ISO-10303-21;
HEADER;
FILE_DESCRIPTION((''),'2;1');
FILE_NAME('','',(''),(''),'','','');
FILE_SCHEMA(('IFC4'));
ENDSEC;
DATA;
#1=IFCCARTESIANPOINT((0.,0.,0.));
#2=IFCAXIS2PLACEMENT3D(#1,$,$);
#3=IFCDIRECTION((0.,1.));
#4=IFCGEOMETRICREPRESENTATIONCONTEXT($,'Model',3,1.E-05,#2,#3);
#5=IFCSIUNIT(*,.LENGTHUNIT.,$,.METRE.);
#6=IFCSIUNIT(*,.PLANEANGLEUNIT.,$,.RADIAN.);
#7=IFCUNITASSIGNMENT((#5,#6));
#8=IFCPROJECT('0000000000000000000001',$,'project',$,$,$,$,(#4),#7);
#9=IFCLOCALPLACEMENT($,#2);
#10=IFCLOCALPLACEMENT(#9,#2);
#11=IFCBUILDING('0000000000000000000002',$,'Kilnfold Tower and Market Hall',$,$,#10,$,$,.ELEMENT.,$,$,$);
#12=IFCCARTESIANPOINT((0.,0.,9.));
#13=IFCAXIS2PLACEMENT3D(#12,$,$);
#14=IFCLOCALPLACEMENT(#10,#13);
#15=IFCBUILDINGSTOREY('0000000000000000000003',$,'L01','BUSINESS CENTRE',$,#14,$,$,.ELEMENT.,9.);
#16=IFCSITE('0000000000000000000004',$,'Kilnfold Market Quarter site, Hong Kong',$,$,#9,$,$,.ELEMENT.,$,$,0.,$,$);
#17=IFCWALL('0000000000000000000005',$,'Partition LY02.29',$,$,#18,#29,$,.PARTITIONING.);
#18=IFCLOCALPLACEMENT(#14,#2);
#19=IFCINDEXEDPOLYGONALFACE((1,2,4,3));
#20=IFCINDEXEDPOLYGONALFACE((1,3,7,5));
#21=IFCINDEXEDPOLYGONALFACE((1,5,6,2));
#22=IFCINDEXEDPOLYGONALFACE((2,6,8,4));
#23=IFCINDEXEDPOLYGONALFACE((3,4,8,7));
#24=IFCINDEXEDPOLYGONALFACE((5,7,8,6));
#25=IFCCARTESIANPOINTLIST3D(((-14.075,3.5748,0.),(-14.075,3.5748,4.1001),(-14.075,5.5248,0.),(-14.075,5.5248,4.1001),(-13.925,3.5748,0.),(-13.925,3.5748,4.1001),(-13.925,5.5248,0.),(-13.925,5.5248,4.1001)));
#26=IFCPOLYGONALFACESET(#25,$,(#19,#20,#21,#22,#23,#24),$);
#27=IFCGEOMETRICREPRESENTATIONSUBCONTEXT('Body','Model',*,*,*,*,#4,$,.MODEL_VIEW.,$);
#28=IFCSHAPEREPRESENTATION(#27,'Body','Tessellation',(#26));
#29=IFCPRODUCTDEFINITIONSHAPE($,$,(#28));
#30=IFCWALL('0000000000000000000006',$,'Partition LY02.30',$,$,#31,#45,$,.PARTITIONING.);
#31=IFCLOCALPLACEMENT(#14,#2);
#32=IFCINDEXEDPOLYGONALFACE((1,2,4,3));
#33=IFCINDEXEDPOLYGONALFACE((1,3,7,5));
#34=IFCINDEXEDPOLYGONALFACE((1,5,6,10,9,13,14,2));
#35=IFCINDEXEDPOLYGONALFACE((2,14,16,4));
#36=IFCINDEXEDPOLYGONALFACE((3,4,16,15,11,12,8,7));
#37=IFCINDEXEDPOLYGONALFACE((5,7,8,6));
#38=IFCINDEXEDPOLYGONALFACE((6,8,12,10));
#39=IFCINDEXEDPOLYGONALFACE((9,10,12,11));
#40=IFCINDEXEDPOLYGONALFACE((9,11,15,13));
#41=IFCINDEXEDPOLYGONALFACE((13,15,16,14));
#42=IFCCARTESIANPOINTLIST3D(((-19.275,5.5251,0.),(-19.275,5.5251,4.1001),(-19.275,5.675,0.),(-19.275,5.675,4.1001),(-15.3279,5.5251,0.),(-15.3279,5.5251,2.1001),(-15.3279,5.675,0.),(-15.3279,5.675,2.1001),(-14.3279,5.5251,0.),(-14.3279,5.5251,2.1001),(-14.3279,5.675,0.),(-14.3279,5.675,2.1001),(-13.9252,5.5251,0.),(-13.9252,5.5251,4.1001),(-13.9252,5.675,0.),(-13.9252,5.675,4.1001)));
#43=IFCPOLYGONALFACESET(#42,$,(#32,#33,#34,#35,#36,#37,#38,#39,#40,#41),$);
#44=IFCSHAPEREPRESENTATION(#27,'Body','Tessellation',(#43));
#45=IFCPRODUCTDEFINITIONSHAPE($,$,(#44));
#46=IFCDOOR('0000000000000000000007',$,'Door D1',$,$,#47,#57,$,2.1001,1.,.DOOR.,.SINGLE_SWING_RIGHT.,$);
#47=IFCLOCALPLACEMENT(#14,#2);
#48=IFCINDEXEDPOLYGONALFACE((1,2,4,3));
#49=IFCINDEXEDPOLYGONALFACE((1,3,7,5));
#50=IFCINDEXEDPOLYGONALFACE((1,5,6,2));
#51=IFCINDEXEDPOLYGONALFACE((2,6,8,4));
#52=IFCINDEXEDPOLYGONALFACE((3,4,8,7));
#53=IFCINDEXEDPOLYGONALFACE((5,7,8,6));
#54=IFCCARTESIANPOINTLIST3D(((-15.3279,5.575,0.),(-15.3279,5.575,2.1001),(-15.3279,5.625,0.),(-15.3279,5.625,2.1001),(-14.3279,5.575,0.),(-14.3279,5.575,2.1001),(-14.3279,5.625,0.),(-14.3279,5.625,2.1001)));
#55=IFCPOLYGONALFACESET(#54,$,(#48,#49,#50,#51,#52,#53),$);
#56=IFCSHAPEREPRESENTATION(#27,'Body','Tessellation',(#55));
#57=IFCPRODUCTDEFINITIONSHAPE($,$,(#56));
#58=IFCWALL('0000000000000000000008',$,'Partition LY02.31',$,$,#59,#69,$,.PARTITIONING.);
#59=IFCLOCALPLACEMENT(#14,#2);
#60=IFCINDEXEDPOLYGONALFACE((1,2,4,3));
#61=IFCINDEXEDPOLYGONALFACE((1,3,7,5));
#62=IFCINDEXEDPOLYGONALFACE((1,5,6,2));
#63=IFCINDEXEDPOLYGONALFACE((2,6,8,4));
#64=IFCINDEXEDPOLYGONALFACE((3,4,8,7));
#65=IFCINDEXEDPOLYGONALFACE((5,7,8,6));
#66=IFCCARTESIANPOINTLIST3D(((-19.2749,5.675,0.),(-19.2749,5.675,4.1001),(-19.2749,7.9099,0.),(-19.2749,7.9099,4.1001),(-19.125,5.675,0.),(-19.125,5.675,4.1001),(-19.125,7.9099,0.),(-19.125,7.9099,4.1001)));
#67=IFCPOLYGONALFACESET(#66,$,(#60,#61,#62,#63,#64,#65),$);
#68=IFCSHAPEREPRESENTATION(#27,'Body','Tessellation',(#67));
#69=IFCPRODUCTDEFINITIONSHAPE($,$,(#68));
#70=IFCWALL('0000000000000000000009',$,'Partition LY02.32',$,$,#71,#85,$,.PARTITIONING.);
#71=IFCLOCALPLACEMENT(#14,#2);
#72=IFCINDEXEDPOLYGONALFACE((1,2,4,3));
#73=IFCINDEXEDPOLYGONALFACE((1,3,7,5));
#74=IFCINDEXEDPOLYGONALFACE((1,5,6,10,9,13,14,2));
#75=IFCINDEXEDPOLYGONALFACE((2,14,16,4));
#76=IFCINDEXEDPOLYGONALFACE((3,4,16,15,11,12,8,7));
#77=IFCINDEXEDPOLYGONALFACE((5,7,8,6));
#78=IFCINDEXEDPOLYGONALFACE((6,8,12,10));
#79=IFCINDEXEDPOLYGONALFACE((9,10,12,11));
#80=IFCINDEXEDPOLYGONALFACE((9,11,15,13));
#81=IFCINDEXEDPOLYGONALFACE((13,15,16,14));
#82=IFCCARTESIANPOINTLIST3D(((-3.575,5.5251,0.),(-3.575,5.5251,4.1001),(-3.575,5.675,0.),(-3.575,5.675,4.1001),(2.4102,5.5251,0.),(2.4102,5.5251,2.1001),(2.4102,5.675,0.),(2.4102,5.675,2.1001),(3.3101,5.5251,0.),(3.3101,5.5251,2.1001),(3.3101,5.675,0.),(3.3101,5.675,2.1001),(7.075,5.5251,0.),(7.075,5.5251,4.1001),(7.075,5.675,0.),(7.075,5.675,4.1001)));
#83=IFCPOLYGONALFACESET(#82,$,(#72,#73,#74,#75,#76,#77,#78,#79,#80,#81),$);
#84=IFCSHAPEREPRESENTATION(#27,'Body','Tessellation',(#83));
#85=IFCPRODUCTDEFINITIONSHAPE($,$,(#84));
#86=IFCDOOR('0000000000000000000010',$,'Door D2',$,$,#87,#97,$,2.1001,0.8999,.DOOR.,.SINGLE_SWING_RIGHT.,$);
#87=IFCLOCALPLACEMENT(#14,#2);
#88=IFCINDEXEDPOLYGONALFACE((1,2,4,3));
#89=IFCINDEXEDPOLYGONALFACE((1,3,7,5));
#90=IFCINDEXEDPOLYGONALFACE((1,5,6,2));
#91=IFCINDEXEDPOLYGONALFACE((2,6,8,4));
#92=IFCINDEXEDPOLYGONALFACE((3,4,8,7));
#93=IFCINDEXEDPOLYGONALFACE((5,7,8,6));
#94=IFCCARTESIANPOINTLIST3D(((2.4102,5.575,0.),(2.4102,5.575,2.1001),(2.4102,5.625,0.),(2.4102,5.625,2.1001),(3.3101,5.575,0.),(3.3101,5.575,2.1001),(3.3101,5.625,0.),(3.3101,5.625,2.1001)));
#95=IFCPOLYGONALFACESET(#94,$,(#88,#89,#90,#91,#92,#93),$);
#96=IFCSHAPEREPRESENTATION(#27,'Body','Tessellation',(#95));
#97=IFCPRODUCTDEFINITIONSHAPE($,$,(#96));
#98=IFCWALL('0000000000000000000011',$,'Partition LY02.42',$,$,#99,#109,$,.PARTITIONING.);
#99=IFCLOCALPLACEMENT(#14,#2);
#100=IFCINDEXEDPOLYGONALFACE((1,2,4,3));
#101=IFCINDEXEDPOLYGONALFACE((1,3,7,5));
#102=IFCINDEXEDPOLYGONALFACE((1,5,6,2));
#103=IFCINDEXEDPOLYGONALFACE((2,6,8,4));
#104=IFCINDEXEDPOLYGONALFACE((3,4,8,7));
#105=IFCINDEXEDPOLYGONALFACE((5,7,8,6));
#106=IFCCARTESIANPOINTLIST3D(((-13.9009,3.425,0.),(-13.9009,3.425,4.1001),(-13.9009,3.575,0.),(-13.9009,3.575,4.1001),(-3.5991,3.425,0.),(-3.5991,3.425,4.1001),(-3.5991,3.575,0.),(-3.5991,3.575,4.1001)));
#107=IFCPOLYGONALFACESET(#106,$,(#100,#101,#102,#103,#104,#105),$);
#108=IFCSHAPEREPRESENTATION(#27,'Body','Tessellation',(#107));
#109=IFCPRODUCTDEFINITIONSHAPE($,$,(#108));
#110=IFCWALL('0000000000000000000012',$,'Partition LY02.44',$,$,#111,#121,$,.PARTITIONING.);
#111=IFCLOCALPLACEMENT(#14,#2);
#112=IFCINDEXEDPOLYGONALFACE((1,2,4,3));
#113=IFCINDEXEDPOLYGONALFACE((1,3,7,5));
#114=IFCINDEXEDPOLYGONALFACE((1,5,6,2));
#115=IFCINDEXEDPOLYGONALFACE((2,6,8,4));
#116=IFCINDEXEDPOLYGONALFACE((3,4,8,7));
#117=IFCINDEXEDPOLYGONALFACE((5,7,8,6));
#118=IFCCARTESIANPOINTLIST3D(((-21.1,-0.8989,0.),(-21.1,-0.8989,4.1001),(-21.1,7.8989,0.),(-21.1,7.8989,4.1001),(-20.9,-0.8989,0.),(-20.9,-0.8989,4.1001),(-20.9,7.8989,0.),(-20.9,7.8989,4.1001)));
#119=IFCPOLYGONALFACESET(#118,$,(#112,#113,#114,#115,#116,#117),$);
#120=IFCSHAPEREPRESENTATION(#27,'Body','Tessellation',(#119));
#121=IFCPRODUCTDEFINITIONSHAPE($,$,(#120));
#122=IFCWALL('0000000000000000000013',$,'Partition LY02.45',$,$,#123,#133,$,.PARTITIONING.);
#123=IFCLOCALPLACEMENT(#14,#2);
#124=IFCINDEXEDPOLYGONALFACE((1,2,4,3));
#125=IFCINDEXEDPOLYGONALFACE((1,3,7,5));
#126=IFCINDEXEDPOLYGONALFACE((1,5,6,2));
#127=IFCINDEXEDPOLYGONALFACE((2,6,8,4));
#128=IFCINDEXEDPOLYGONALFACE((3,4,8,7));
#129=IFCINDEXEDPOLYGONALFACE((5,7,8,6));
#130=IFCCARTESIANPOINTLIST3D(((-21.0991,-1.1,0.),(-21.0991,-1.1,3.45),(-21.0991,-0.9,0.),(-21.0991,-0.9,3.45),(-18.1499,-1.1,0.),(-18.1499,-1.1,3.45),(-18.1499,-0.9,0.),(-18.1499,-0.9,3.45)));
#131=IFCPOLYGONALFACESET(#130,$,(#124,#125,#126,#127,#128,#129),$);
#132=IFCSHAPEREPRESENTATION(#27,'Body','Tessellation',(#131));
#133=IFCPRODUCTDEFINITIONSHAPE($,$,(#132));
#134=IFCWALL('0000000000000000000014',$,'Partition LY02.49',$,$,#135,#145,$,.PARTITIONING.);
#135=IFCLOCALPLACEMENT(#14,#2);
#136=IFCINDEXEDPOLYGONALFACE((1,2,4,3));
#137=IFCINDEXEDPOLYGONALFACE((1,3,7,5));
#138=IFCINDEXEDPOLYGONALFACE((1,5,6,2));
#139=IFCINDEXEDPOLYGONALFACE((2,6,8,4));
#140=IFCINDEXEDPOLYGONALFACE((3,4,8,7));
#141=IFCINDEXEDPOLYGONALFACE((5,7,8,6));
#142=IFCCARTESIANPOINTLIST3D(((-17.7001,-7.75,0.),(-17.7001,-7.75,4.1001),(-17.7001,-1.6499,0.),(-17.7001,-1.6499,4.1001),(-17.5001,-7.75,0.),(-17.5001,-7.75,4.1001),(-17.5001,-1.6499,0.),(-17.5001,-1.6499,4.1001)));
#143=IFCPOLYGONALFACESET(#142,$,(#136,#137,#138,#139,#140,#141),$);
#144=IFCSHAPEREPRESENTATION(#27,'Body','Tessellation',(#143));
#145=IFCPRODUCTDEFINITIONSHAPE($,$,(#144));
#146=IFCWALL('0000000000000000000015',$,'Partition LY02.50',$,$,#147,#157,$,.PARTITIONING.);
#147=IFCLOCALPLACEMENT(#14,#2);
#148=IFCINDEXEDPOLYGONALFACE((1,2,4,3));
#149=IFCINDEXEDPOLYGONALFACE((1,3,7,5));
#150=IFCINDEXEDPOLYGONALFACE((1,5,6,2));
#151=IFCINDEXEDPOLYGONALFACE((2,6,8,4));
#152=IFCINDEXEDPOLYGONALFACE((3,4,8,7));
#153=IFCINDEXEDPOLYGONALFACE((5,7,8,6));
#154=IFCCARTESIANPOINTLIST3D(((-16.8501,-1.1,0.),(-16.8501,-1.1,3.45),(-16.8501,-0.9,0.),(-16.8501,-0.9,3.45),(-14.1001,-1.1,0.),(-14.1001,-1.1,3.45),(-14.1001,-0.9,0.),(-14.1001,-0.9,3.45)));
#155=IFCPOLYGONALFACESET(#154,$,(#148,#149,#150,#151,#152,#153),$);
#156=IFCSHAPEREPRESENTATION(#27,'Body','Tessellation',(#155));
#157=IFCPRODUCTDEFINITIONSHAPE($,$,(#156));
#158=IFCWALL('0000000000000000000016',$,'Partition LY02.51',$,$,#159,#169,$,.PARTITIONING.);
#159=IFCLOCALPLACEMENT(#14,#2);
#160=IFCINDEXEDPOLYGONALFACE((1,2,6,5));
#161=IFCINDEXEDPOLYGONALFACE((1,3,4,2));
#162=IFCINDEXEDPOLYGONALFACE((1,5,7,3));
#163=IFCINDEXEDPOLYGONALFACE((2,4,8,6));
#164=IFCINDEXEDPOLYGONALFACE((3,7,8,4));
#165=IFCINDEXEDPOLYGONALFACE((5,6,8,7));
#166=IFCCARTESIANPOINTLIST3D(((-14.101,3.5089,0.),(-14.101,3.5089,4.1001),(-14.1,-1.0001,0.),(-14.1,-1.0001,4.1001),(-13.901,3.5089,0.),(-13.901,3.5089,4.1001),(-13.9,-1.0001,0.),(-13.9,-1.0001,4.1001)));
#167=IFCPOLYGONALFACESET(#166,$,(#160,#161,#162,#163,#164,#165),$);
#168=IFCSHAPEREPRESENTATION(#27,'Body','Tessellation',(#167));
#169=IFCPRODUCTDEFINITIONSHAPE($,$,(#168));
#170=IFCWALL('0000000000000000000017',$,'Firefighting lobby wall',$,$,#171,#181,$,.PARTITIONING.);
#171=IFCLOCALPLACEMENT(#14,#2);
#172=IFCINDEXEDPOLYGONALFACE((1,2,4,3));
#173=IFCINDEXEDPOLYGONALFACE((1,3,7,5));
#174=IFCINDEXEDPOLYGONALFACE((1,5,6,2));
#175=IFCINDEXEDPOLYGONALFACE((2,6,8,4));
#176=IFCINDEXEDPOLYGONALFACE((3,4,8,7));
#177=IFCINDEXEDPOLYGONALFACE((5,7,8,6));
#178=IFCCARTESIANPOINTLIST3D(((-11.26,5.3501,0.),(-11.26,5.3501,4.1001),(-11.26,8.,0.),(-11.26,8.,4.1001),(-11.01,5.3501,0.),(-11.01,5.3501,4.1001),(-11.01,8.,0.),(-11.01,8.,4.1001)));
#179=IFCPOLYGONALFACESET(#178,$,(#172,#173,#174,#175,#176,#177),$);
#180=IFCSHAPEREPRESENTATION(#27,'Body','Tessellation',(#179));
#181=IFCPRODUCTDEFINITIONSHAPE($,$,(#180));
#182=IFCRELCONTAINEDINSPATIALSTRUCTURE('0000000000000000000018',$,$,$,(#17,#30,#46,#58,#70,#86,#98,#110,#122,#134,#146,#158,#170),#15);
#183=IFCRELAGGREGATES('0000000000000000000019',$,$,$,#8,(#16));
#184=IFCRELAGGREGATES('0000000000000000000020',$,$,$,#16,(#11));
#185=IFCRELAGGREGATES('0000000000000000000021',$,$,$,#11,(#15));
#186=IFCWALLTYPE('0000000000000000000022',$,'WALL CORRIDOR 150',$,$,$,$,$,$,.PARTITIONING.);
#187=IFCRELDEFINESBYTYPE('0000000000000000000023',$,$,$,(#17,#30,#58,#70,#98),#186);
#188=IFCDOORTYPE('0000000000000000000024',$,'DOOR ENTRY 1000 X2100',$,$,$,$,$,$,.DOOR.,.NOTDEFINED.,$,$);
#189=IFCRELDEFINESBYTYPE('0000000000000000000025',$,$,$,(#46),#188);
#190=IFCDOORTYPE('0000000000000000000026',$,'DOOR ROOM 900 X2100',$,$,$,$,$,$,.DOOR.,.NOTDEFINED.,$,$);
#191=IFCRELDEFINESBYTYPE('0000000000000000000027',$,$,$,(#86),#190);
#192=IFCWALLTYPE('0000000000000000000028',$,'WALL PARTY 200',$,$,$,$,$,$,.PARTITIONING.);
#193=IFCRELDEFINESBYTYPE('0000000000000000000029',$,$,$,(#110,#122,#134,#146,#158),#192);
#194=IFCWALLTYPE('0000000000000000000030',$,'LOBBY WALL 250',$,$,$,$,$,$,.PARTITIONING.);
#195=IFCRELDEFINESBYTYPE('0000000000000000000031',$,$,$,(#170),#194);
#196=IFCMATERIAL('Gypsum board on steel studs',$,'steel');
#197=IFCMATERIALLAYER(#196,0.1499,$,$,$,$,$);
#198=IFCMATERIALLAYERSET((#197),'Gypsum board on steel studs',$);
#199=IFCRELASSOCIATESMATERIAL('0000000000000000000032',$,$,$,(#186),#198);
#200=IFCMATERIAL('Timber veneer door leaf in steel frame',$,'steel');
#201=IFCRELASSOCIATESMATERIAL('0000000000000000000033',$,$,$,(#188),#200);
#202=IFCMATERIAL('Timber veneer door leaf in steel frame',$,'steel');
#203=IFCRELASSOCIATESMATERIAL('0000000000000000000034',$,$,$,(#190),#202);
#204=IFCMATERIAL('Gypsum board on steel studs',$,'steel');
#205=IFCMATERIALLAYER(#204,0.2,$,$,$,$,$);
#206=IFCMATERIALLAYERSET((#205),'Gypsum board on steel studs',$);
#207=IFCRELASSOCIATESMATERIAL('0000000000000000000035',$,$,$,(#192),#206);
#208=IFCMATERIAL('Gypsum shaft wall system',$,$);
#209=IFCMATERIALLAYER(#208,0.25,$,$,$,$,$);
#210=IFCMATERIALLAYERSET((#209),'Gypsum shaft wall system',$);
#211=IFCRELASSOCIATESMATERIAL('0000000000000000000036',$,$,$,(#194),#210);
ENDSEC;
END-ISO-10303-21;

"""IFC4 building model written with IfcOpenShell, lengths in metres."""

from ifc_helpers import new_model, si_unit, direction, frame, frame_2d, origin, place, context, subcontext, project, spatial, rectangle, extrude, source, transform, mapped, material, layer, layer_set, type_object, element, fill, save


model = new_model("IFC4")

# Units and contexts
model_context = context("Model", 3, precision=1e-05, world=origin(), true_north=direction((0.0, 1.0)))
body_context = subcontext(model_context, "Body", "Model", "MODEL_VIEW")
ifc_project = project(units=[si_unit("LENGTHUNIT", "METRE"), si_unit("PLANEANGLEUNIT", "RADIAN")], contexts=[model_context])

# Site, building, storey
site_placement = place(None, origin())
site = spatial("IfcSite", under=ifc_project, at=site_placement, Name="Kilnfold Market Quarter site, Hong Kong", CompositionType="ELEMENT", RefElevation=0.0)
building_placement = place(site_placement, origin())
building = spatial("IfcBuilding", under=site, at=building_placement, Name="Kilnfold Tower and Market Hall", CompositionType="ELEMENT")
storey_placement = place(building_placement, frame((0.0, 0.0, 9.0)))
storey = spatial("IfcBuildingStorey", under=building, at=storey_placement, Name="L01", Description="BUSINESS CENTRE", CompositionType="ELEMENT", Elevation=9.0)

# Shared definitions
ifc_material_1 = material(Name="Gypsum board on steel studs", Category="steel")
ifc_layer_1 = layer(ifc_material_1, 0.1499)
ifc_layer_set_1 = layer_set([ifc_layer_1], Name="Gypsum board on steel studs")
wall_type_1 = type_object("IfcWallType", Name="WALL CORRIDOR 150", PredefinedType="PARTITIONING", material=ifc_layer_set_1)

# Shared definitions
ifc_material_2 = material(Name="Timber veneer door leaf in steel frame", Category="steel")
door_type_1 = type_object("IfcDoorType", Name="DOOR ENTRY 1000 X2100", OperationType="NOTDEFINED", PredefinedType="DOOR", material=ifc_material_2)
ifc_material_3 = material(Name="Timber veneer door leaf in steel frame", Category="steel")
door_type_2 = type_object("IfcDoorType", Name="DOOR ROOM 900 X2100", OperationType="NOTDEFINED", PredefinedType="DOOR", material=ifc_material_3)

# Wall
wall_1_placement = place(storey_placement, frame((-14.0, 5.5249, 0.0), z_axis=(0.0, 0.0, 1.0), x_axis=(0.0, -1.0, 0.0)))
element("IfcWall", 1, at=wall_1_placement, inside=storey, type_object=wall_type_1, Name="Partition LY02.29", PredefinedType="PARTITIONING", context=body_context, shape_type="SweptSolid", body=[
    extrude(rectangle(XDim=1.95, YDim=0.1499, at=frame_2d((0.9751, 0.0))), origin(), (0.0, 0.0, 1.0), 4.1001),
])

# Wall, opening, door
wall_2_placement = place(storey_placement, frame((-19.2749, 5.6001, 0.0), z_axis=(0.0, 0.0, 1.0), x_axis=(1.0, 0.0, 0.0)))
wall_2 = element("IfcWall", 2, at=wall_2_placement, inside=storey, type_object=wall_type_1, Name="Partition LY02.30", PredefinedType="PARTITIONING", context=body_context, shape_type="SweptSolid", body=[
    extrude(rectangle(XDim=5.3499, YDim=0.1499, at=frame_2d((2.6748, 0.0))), origin(), (0.0, 0.0, 1.0), 4.1001),
])
opening_1_placement = place(wall_2_placement, frame((3.947, 0.0, 0.0)))
opening_1 = element("IfcOpeningElement", 3, at=opening_1_placement, cuts=wall_2, PredefinedType="OPENING", context=body_context, shape_type="SweptSolid", body=[
    extrude(rectangle(XDim=1.0, YDim=2.1001, at=frame_2d((0.5, 1.05))), frame((0.0, 0.085, 0.0), z_axis=(0.0, -1.0, 0.0), x_axis=(1.0, 0.0, 0.0)), (0.0, 0.0, 1.0), 0.1699),
])
door_1_placement = place(opening_1_placement, origin())
door_1 = element("IfcDoor", 4, at=door_1_placement, inside=storey, type_object=door_type_1, Name="Door D1", OperationType="SINGLE_SWING_RIGHT", OverallHeight=2.1001, OverallWidth=1.0, PredefinedType="DOOR", context=body_context, shape_type="SweptSolid", body=[
    extrude(rectangle(XDim=1.0, YDim=2.1001, at=frame_2d((0.5, 1.05))), frame((0.0, 0.0249, 0.0), z_axis=(0.0, -1.0, 0.0), x_axis=(1.0, 0.0, 0.0)), (0.0, 0.0, 1.0), 0.05),
])
fill(opening_1, door_1)

# Wall
wall_3_placement = place(storey_placement, frame((-19.2, 5.675, 0.0), z_axis=(0.0, 0.0, 1.0), x_axis=(0.0, 1.0, 0.0)))
element("IfcWall", 5, at=wall_3_placement, inside=storey, type_object=wall_type_1, Name="Partition LY02.31", PredefinedType="PARTITIONING", context=body_context, shape_type="SweptSolid", body=[
    extrude(rectangle(XDim=2.2349, YDim=0.1499, at=frame_2d((1.1174, 0.0))), origin(), (0.0, 0.0, 1.0), 4.1001),
])

# Wall, opening, door
wall_4_placement = place(storey_placement, frame((-3.575, 5.6001, 0.0), z_axis=(0.0, 0.0, 1.0), x_axis=(1.0, 0.0, 0.0)))
wall_4 = element("IfcWall", 6, at=wall_4_placement, inside=storey, type_object=wall_type_1, Name="Partition LY02.32", PredefinedType="PARTITIONING", context=body_context, shape_type="SweptSolid", body=[
    extrude(rectangle(XDim=10.6499, YDim=0.1499, at=frame_2d((5.325, 0.0))), origin(), (0.0, 0.0, 1.0), 4.1001),
])
opening_2_placement = place(wall_4_placement, frame((5.9851, 0.0, 0.0)))
opening_2 = element("IfcOpeningElement", 7, at=opening_2_placement, cuts=wall_4, PredefinedType="OPENING", context=body_context, shape_type="SweptSolid", body=[
    extrude(rectangle(XDim=0.8999, YDim=2.1001, at=frame_2d((0.45, 1.05))), frame((0.0, 0.085, 0.0), z_axis=(0.0, -1.0, 0.0), x_axis=(1.0, 0.0, 0.0)), (0.0, 0.0, 1.0), 0.1699),
])
door_2_placement = place(opening_2_placement, origin())
door_2 = element("IfcDoor", 8, at=door_2_placement, inside=storey, type_object=door_type_2, Name="Door D2", OperationType="SINGLE_SWING_RIGHT", OverallHeight=2.1001, OverallWidth=0.8999, PredefinedType="DOOR", context=body_context, shape_type="SweptSolid", body=[
    extrude(rectangle(XDim=0.8999, YDim=2.1001, at=frame_2d((0.45, 1.05))), frame((0.0, 0.0249, 0.0), z_axis=(0.0, -1.0, 0.0), x_axis=(1.0, 0.0, 0.0)), (0.0, 0.0, 1.0), 0.05),
])
fill(opening_2, door_2)

# Walls
wall_5_placement = place(storey_placement, frame((-13.9009, 3.5, 0.0), z_axis=(0.0, 0.0, 1.0), x_axis=(1.0, 0.0, 0.0)))
element("IfcWall", 9, at=wall_5_placement, inside=storey, type_object=wall_type_1, Name="Partition LY02.42", PredefinedType="PARTITIONING", context=body_context, shape_type="SweptSolid", body=[
    extrude(rectangle(XDim=10.3018, YDim=0.1499, at=frame_2d((5.1509, 0.0))), origin(), (0.0, 0.0, 1.0), 4.1001),
])
ifc_material_4 = material(Name="Gypsum board on steel studs", Category="steel")
ifc_layer_2 = layer(ifc_material_4, 0.2)
ifc_layer_set_2 = layer_set([ifc_layer_2], Name="Gypsum board on steel studs")
wall_type_2 = type_object("IfcWallType", Name="WALL PARTY 200", PredefinedType="PARTITIONING", material=ifc_layer_set_2)
wall_6_placement = place(storey_placement, frame((-21.0, -0.8989, 0.0), z_axis=(0.0, 0.0, 1.0), x_axis=(0.0, 1.0, 0.0)))
element("IfcWall", 10, at=wall_6_placement, inside=storey, type_object=wall_type_2, Name="Partition LY02.44", PredefinedType="PARTITIONING", context=body_context, shape_type="SweptSolid", body=[
    extrude(rectangle(XDim=8.7979, YDim=0.2, at=frame_2d((4.3989, 0.0))), origin(), (0.0, 0.0, 1.0), 4.1001),
])
wall_7_placement = place(storey_placement, frame((-21.0991, -1.0, 0.0), z_axis=(0.0, 0.0, 1.0), x_axis=(1.0, 0.0, 0.0)))
element("IfcWall", 11, at=wall_7_placement, inside=storey, type_object=wall_type_2, Name="Partition LY02.45", PredefinedType="PARTITIONING", context=body_context, shape_type="SweptSolid", body=[
    extrude(rectangle(XDim=2.9492, YDim=0.2, at=frame_2d((1.4746, 0.0))), origin(), (0.0, 0.0, 1.0), 3.45),
])
wall_8_placement = place(storey_placement, frame((-17.6001, -7.75, 0.0), z_axis=(0.0, 0.0, 1.0), x_axis=(0.0, 1.0, 0.0)))
element("IfcWall", 12, at=wall_8_placement, inside=storey, type_object=wall_type_2, Name="Partition LY02.49", PredefinedType="PARTITIONING", context=body_context, shape_type="SweptSolid", body=[
    extrude(rectangle(XDim=6.1001, YDim=0.2, at=frame_2d((3.05, 0.0))), origin(), (0.0, 0.0, 1.0), 4.1001),
])
wall_9_placement = place(storey_placement, frame((-16.8501, -1.0, 0.0), z_axis=(0.0, 0.0, 1.0), x_axis=(1.0, 0.0, 0.0)))
element("IfcWall", 13, at=wall_9_placement, inside=storey, type_object=wall_type_2, Name="Partition LY02.50", PredefinedType="PARTITIONING", context=body_context, shape_type="SweptSolid", body=[
    extrude(rectangle(XDim=2.75, YDim=0.2, at=frame_2d((1.375, 0.0))), origin(), (0.0, 0.0, 1.0), 3.45),
])
wall_10_placement = place(storey_placement, frame((-14.0, -1.0, 0.0), z_axis=(0.0, 0.0, 1.0), x_axis=(-0.000217, 1.0, 0.0)))
element("IfcWall", 14, at=wall_10_placement, inside=storey, type_object=wall_type_2, Name="Partition LY02.51", PredefinedType="PARTITIONING", context=body_context, shape_type="SweptSolid", body=[
    extrude(rectangle(XDim=4.509, YDim=0.2, at=frame_2d((2.2544, 0.0))), origin(), (0.0, 0.0, 1.0), 4.1001),
])
ifc_material_5 = material(Name="Gypsum shaft wall system")
ifc_layer_3 = layer(ifc_material_5, 0.25)
ifc_layer_set_3 = layer_set([ifc_layer_3], Name="Gypsum shaft wall system")
wall_type_3 = type_object("IfcWallType", Name="LOBBY WALL 250", PredefinedType="PARTITIONING", material=ifc_layer_set_3)
shared_shape_1 = source(origin(), body_context, "Body", "SweptSolid", [
    extrude(rectangle(XDim=2.6499, YDim=0.25, at=frame_2d((1.325, 0.0))), origin(), (0.0, 0.0, 1.0), 4.1001),
])
for number, where, z_axis, x_axis, name in (
    (15, (-11.135, 5.3501, 0.0), (0.0, 0.0, 1.0), (0.0, 1.0, 0.0), "Firefighting lobby wall"),
):
    element("IfcWall", number, at=place(storey_placement, frame(where, z_axis=z_axis, x_axis=x_axis)), inside=storey, type_object=wall_type_3, Name=name, PredefinedType="PARTITIONING", context=body_context, shape_type="MappedRepresentation", body=[
        mapped(shared_shape_1, transform((0.0, 0.0, 0.0))),
    ])

save(model, "model.ifc")
